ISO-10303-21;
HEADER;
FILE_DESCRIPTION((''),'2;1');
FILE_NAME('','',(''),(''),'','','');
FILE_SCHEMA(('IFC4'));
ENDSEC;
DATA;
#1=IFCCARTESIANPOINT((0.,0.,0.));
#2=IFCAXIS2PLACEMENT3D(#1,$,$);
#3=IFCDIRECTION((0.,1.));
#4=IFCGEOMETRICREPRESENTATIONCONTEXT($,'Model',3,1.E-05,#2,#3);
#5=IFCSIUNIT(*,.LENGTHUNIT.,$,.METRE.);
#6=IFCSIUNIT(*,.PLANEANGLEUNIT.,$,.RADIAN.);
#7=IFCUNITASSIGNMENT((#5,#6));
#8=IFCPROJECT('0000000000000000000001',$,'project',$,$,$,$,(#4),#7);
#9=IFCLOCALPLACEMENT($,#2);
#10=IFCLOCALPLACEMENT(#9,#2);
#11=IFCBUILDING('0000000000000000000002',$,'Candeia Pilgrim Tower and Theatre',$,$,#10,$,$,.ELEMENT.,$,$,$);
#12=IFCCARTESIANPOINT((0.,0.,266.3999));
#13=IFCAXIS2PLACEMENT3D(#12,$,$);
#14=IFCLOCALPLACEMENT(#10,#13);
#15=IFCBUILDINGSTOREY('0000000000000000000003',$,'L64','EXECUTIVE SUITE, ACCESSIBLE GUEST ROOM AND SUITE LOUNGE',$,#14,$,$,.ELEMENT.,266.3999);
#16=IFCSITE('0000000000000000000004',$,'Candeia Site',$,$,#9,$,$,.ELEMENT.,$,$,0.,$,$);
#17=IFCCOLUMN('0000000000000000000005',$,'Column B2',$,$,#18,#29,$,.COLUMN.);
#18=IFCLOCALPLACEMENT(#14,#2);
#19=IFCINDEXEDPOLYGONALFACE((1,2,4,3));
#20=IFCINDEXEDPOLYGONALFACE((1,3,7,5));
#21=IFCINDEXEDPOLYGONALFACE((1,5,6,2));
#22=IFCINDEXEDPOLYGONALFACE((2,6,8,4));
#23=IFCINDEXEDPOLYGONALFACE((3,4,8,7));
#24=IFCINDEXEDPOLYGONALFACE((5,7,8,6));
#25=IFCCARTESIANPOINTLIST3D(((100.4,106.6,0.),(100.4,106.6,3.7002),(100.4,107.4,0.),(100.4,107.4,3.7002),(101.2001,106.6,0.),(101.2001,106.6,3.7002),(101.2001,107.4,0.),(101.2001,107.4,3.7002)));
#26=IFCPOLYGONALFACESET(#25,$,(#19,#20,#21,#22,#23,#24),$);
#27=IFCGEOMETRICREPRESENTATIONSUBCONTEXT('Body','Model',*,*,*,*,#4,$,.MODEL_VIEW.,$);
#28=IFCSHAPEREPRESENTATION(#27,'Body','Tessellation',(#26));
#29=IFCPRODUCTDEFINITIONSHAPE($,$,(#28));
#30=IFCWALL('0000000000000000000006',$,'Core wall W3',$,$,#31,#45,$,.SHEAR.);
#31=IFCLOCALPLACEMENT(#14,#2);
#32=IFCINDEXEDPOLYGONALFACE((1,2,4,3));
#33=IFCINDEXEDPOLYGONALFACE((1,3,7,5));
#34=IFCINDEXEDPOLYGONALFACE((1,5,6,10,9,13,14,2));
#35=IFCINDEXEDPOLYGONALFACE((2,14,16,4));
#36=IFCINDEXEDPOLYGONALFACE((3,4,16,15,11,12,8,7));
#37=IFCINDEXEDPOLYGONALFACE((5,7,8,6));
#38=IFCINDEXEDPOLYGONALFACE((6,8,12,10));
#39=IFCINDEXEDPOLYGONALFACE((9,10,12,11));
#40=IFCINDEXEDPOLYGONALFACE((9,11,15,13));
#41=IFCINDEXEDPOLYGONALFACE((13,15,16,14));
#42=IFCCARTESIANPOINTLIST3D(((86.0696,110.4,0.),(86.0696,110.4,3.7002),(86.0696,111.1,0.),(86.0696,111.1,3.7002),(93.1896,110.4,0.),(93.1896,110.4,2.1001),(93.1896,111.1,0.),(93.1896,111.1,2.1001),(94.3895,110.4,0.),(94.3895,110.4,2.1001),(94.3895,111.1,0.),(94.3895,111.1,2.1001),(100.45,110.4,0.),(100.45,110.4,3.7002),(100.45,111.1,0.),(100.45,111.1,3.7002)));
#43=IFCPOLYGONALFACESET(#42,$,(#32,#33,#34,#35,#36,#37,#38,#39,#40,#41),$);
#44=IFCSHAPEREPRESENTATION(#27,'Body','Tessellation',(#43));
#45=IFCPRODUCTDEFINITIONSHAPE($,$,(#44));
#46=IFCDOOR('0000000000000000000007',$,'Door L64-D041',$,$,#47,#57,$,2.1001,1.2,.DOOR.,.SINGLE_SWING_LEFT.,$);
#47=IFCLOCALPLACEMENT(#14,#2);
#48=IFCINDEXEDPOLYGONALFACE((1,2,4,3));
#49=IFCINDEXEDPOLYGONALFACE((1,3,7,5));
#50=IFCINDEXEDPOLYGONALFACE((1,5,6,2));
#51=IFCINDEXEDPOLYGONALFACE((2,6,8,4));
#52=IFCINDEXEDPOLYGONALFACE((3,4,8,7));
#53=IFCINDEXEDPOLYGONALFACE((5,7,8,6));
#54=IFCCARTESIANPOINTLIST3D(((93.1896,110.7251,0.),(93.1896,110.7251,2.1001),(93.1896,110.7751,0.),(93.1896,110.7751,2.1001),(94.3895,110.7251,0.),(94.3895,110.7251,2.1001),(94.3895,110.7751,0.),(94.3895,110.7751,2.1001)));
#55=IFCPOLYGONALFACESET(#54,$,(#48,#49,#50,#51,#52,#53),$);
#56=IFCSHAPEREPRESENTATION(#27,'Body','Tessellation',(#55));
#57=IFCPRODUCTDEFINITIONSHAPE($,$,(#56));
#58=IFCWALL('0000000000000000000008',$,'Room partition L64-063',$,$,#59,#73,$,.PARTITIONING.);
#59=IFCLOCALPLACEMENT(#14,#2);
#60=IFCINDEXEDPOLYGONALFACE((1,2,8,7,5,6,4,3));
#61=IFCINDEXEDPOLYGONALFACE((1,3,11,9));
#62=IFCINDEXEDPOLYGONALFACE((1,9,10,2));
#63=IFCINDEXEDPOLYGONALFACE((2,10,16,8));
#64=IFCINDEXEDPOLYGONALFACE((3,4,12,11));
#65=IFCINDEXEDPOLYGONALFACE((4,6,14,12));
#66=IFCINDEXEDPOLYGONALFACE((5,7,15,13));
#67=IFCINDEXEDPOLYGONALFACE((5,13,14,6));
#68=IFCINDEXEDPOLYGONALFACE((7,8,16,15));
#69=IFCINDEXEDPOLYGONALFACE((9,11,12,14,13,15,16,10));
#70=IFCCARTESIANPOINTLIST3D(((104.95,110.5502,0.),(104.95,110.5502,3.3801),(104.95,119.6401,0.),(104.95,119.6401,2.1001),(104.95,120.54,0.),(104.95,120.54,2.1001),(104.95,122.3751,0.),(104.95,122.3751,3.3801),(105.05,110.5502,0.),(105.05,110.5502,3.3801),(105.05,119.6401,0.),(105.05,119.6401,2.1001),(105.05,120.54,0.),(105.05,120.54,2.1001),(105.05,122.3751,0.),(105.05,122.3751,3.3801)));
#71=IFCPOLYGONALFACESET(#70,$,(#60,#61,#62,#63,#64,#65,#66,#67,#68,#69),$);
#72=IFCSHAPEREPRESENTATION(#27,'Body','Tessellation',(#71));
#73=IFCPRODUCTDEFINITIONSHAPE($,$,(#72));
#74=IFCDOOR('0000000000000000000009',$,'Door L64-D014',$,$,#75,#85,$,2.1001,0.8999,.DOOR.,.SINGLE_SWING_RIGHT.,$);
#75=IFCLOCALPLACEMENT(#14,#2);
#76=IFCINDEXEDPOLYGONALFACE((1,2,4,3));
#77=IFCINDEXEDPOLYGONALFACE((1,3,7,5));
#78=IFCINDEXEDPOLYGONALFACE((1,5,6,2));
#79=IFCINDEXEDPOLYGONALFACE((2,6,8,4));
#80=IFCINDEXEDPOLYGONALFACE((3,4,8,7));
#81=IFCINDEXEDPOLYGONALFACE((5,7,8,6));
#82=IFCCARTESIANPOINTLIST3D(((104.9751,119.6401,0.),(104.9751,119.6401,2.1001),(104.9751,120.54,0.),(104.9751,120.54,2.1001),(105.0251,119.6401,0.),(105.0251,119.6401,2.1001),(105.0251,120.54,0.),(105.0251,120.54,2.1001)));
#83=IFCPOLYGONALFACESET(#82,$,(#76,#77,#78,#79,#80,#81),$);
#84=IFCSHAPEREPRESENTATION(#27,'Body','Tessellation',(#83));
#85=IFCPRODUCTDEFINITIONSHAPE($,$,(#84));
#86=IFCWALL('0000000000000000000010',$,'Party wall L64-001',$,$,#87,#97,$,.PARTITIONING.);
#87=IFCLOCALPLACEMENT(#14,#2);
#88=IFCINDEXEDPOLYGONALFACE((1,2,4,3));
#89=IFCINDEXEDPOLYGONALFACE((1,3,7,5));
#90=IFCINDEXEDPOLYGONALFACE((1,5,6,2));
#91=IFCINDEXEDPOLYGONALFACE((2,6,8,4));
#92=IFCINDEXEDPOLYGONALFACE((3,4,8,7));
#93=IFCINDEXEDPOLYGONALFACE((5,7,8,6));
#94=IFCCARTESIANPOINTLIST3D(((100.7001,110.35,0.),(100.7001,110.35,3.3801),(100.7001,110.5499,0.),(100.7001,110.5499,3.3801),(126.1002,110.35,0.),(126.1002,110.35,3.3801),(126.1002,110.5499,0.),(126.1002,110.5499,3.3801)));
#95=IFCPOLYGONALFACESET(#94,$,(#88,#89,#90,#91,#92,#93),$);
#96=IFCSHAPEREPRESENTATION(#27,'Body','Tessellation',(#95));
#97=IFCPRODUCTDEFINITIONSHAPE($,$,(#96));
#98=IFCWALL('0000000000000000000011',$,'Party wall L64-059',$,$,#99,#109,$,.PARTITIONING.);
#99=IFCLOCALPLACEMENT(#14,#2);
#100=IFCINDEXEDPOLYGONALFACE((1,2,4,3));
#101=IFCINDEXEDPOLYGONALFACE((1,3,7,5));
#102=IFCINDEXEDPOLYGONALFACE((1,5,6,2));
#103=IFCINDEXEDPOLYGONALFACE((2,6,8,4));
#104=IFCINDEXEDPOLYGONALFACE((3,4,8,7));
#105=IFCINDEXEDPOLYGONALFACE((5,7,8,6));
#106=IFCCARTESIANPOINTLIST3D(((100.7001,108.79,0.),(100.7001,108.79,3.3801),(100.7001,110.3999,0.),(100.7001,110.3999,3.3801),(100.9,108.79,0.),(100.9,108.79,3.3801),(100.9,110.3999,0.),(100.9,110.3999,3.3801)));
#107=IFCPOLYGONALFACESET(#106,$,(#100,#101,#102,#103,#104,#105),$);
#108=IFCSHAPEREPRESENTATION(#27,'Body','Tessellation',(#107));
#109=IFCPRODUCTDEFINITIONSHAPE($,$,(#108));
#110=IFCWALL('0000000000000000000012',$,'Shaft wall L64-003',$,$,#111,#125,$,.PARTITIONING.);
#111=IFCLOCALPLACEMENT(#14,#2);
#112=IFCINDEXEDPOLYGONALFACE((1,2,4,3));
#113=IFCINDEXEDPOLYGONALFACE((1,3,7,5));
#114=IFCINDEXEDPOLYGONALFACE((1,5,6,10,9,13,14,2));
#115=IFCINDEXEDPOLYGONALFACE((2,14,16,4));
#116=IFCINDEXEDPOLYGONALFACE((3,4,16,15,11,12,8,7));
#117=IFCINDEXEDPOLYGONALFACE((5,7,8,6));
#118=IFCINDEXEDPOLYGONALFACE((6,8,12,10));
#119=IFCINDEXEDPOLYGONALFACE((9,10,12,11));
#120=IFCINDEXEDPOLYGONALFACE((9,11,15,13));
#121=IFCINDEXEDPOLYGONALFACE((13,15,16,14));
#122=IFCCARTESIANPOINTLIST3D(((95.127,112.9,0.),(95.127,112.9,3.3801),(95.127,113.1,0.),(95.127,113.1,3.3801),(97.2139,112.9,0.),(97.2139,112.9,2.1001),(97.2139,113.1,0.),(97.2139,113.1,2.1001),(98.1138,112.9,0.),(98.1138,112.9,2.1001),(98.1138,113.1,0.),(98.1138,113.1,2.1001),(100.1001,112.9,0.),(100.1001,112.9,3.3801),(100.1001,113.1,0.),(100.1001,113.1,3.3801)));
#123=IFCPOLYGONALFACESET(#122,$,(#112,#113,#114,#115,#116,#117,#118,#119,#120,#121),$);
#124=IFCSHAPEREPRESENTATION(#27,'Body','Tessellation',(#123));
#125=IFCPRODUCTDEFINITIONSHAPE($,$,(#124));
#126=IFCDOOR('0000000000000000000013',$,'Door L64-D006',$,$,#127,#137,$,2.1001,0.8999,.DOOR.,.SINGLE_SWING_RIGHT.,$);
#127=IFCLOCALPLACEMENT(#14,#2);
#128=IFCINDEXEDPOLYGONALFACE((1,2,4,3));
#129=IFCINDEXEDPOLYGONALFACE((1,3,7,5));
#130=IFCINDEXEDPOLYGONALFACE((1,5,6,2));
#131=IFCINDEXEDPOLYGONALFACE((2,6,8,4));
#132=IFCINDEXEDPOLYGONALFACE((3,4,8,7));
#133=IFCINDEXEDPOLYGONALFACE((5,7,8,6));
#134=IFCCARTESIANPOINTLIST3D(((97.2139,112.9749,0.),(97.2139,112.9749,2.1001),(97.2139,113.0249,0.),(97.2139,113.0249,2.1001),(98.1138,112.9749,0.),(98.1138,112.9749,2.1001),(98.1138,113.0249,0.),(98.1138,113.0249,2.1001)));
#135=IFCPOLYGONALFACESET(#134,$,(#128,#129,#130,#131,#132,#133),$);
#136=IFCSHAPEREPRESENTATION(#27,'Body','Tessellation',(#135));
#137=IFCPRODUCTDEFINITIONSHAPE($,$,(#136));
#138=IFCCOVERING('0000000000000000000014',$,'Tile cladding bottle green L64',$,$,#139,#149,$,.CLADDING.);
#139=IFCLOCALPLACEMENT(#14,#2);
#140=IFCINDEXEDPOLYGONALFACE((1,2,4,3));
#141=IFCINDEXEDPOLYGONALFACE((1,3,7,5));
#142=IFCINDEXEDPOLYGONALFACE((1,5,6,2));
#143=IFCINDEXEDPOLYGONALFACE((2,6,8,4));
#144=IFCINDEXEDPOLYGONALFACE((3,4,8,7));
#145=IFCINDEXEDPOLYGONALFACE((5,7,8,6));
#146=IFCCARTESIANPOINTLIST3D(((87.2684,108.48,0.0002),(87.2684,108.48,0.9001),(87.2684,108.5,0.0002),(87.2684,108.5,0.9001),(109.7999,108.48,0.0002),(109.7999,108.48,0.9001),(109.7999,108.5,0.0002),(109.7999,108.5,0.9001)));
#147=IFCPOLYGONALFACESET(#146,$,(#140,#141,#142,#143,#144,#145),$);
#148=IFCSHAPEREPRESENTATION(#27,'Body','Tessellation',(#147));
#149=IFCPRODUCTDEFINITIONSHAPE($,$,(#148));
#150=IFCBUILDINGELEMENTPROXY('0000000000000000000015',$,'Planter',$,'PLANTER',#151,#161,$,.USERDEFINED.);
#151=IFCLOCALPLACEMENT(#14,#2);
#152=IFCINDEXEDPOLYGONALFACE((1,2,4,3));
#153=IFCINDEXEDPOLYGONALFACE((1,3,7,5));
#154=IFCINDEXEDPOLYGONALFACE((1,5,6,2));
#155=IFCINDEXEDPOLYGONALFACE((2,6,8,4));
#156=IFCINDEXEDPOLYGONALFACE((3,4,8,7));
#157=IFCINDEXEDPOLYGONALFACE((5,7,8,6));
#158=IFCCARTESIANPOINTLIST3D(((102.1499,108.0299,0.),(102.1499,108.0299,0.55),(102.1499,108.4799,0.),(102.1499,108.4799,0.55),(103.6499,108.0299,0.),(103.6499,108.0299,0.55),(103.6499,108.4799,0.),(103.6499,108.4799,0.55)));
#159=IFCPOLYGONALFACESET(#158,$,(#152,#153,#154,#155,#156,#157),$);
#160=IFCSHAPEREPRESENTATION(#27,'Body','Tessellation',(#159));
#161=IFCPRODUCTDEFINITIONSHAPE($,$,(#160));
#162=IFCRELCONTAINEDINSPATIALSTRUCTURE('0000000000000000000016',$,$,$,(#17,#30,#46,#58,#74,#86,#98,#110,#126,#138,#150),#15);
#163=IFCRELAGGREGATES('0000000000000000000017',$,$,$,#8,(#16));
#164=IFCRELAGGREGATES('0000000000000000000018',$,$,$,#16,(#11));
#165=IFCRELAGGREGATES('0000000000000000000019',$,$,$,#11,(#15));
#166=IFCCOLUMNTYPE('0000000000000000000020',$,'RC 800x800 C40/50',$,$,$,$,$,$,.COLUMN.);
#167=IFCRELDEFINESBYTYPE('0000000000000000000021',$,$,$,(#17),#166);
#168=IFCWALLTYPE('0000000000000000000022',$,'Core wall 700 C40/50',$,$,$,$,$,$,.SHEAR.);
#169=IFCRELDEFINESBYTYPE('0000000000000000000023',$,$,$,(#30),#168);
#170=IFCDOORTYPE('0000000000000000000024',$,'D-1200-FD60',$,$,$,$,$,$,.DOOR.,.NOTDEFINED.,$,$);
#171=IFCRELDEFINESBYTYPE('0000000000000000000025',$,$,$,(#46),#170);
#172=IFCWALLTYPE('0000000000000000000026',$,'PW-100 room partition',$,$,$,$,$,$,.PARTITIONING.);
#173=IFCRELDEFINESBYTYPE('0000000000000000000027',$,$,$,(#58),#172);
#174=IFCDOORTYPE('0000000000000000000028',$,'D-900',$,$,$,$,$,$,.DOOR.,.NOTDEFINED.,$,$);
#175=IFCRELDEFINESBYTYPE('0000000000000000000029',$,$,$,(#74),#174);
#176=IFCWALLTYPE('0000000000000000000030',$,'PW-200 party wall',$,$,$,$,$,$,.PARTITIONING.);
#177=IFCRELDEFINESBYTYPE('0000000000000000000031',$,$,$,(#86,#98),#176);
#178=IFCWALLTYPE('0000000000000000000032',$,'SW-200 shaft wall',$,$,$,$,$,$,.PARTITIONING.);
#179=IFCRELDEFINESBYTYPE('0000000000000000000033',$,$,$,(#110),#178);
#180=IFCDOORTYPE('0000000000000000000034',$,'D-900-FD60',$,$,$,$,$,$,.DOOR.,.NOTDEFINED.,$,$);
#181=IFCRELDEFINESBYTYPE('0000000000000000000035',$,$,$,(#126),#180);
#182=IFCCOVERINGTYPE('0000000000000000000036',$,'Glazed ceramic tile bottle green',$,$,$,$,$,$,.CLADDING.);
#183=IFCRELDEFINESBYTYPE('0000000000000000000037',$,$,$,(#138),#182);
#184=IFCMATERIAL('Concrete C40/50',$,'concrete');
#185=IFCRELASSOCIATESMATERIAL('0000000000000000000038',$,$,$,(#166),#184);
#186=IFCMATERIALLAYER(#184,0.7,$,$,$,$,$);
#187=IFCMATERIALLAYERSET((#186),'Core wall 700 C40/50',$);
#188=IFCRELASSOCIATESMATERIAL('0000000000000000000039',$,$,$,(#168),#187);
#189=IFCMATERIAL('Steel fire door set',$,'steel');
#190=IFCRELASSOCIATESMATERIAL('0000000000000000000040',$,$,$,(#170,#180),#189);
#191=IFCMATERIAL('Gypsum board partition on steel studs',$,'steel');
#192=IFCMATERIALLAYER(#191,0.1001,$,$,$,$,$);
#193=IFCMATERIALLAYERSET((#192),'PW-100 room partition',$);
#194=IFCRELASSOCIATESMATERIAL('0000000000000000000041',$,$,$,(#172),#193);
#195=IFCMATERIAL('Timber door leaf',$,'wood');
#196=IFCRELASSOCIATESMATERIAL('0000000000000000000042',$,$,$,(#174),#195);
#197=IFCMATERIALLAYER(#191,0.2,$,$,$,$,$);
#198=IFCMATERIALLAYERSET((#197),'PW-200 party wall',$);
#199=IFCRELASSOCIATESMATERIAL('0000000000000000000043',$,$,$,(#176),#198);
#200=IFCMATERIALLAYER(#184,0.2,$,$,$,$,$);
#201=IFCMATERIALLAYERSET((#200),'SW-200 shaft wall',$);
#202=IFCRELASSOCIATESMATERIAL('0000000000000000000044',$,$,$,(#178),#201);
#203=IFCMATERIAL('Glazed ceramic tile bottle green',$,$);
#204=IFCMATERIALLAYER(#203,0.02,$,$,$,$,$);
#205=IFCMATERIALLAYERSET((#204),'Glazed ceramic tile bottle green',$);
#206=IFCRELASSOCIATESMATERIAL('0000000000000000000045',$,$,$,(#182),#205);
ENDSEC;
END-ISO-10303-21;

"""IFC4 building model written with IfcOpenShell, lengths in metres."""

from ifc_helpers import new_model, si_unit, direction, frame, frame_2d, origin, origin_2d, place, context, subcontext, project, spatial, rectangle, extrude, material, layer, layer_set, material_profile, profile_set, type_object, element, fill, save


model = new_model("IFC4")

# Units and contexts
model_context = context("Model", 3, precision=1e-05, world=origin(), true_north=direction((0.0, 1.0)))
body_context = subcontext(model_context, "Body", "Model", "MODEL_VIEW")
ifc_project = project(units=[si_unit("LENGTHUNIT", "METRE"), si_unit("PLANEANGLEUNIT", "RADIAN")], contexts=[model_context])

# Site, building, storey
site_placement = place(None, origin())
site = spatial("IfcSite", under=ifc_project, at=site_placement, Name="Candeia Site", CompositionType="ELEMENT", RefElevation=0.0)
building_placement = place(site_placement, origin())
building = spatial("IfcBuilding", under=site, at=building_placement, Name="Candeia Pilgrim Tower and Theatre", CompositionType="ELEMENT")
storey_placement = place(building_placement, frame((0.0, 0.0, 266.3999)))
storey = spatial("IfcBuildingStorey", under=building, at=storey_placement, Name="L64", Description="EXECUTIVE SUITE, ACCESSIBLE GUEST ROOM AND SUITE LOUNGE", CompositionType="ELEMENT", Elevation=266.3999)

# Column
ifc_material_1 = material(Name="Concrete C40/50", Category="concrete")
ifc_material_profile = material_profile(ifc_material_1, rectangle(XDim=0.8, YDim=0.8, at=origin_2d()))
ifc_profile_set = profile_set([ifc_material_profile], Name="Concrete C40/50")
column_type = type_object("IfcColumnType", Name="RC 800x800 C40/50", PredefinedType="COLUMN", material=ifc_profile_set)
column_placement = place(storey_placement, frame((100.8, 107.0, 0.0), z_axis=(0.0, 0.0, 1.0), x_axis=(1.0, 0.0, 0.0)))
element("IfcColumn", 1, at=column_placement, inside=storey, type_object=column_type, Name="Column B2", PredefinedType="COLUMN", context=body_context, shape_type="SweptSolid", body=[
    extrude(rectangle(XDim=0.8, YDim=0.8, at=origin_2d()), origin(), (0.0, 0.0, 1.0), 3.7002),
])

# Walls, openings, doors
ifc_layer_1 = layer(ifc_material_1, 0.7)
ifc_layer_set_1 = layer_set([ifc_layer_1], Name="Core wall 700 C40/50")
wall_type_1 = type_object("IfcWallType", Name="Core wall 700 C40/50", PredefinedType="SHEAR", material=ifc_layer_set_1)
wall_1_placement = place(storey_placement, frame((100.45, 110.75, 0.0), z_axis=(0.0, 0.0, 1.0), x_axis=(-1.0, 0.0, 0.0)))
wall_1 = element("IfcWall", 2, at=wall_1_placement, inside=storey, type_object=wall_type_1, Name="Core wall W3", PredefinedType="SHEAR", context=body_context, shape_type="SweptSolid", body=[
    extrude(rectangle(XDim=14.3804, YDim=0.7, at=frame_2d((7.1902, 0.0))), origin(), (0.0, 0.0, 1.0), 3.7002),
])
opening_1_placement = place(wall_1_placement, frame((6.0603, 0.0, 0.0)))
opening_1 = element("IfcOpeningElement", 3, at=opening_1_placement, cuts=wall_1, PredefinedType="OPENING", context=body_context, shape_type="SweptSolid", body=[
    extrude(rectangle(XDim=1.2, YDim=2.1001, at=frame_2d((0.6001, 1.05))), frame((0.0, 0.3599, 0.0), z_axis=(0.0, -1.0, 0.0), x_axis=(1.0, 0.0, 0.0)), (0.0, 0.0, 1.0), 0.72),
])
ifc_material_2 = material(Name="Steel fire door set", Category="steel")
door_type_1 = type_object("IfcDoorType", Name="D-1200-FD60", OperationType="NOTDEFINED", PredefinedType="DOOR", material=ifc_material_2)
door_1_placement = place(opening_1_placement, origin())
door_1 = element("IfcDoor", 4, at=door_1_placement, inside=storey, type_object=door_type_1, Name="Door L64-D041", OperationType="SINGLE_SWING_LEFT", OverallHeight=2.1001, OverallWidth=1.2, PredefinedType="DOOR", context=body_context, shape_type="SweptSolid", body=[
    extrude(rectangle(XDim=1.2, YDim=2.1001, at=frame_2d((0.6001, 1.05))), frame((0.0, 0.0249, 0.0), z_axis=(0.0, -1.0, 0.0), x_axis=(1.0, 0.0, 0.0)), (0.0, 0.0, 1.0), 0.05),
])
fill(opening_1, door_1)
ifc_material_3 = material(Name="Gypsum board partition on steel studs", Category="steel")
ifc_layer_2 = layer(ifc_material_3, 0.1001)
ifc_layer_set_2 = layer_set([ifc_layer_2], Name="PW-100 room partition")
wall_type_2 = type_object("IfcWallType", Name="PW-100 room partition", PredefinedType="PARTITIONING", material=ifc_layer_set_2)
wall_2_placement = place(storey_placement, frame((105.0, 110.55, 0.0), z_axis=(0.0, 0.0, 1.0), x_axis=(0.0, 1.0, 0.0)))
wall_2 = element("IfcWall", 5, at=wall_2_placement, inside=storey, type_object=wall_type_2, Name="Room partition L64-063", PredefinedType="PARTITIONING", context=body_context, shape_type="SweptSolid", body=[
    extrude(rectangle(XDim=11.825, YDim=0.1001, at=frame_2d((5.9126, 0.0))), origin(), (0.0, 0.0, 1.0), 3.3801),
])
opening_2_placement = place(wall_2_placement, frame((9.0901, 0.0, 0.0)))
opening_2 = element("IfcOpeningElement", 6, at=opening_2_placement, cuts=wall_2, PredefinedType="OPENING", context=body_context, shape_type="SweptSolid", body=[
    extrude(rectangle(XDim=0.8999, YDim=2.1001, at=frame_2d((0.45, 1.05))), frame((0.0, 0.0601, 0.0), z_axis=(0.0, -1.0, 0.0), x_axis=(1.0, 0.0, 0.0)), (0.0, 0.0, 1.0), 0.1201),
])
ifc_material_4 = material(Name="Timber door leaf", Category="wood")
door_type_2 = type_object("IfcDoorType", Name="D-900", OperationType="NOTDEFINED", PredefinedType="DOOR", material=ifc_material_4)
door_2_placement = place(opening_2_placement, origin())
door_2 = element("IfcDoor", 7, at=door_2_placement, inside=storey, type_object=door_type_2, Name="Door L64-D014", OperationType="SINGLE_SWING_RIGHT", OverallHeight=2.1001, OverallWidth=0.8999, PredefinedType="DOOR", context=body_context, shape_type="SweptSolid", body=[
    extrude(rectangle(XDim=0.8999, YDim=2.1001, at=frame_2d((0.45, 1.05))), frame((0.0, 0.0249, 0.0), z_axis=(0.0, -1.0, 0.0), x_axis=(1.0, 0.0, 0.0)), (0.0, 0.0, 1.0), 0.05),
])
fill(opening_2, door_2)

# Walls
ifc_layer_3 = layer(ifc_material_3, 0.2)
ifc_layer_set_3 = layer_set([ifc_layer_3], Name="PW-200 party wall")
wall_type_3 = type_object("IfcWallType", Name="PW-200 party wall", PredefinedType="PARTITIONING", material=ifc_layer_set_3)
wall_3_placement = place(storey_placement, frame((100.7, 110.45, 0.0), z_axis=(0.0, 0.0, 1.0), x_axis=(1.0, 0.0, 0.0)))
element("IfcWall", 8, at=wall_3_placement, inside=storey, type_object=wall_type_3, Name="Party wall L64-001", PredefinedType="PARTITIONING", context=body_context, shape_type="SweptSolid", body=[
    extrude(rectangle(XDim=25.4001, YDim=0.2, at=frame_2d((12.7002, 0.0))), origin(), (0.0, 0.0, 1.0), 3.3801),
])
wall_4_placement = place(storey_placement, frame((100.8, 108.79, 0.0), z_axis=(0.0, 0.0, 1.0), x_axis=(0.0, 1.0, 0.0)))
element("IfcWall", 9, at=wall_4_placement, inside=storey, type_object=wall_type_3, Name="Party wall L64-059", PredefinedType="PARTITIONING", context=body_context, shape_type="SweptSolid", body=[
    extrude(rectangle(XDim=1.6099, YDim=0.2, at=frame_2d((0.8049, 0.0))), origin(), (0.0, 0.0, 1.0), 3.3801),
])

# Wall, opening, door
ifc_layer_4 = layer(ifc_material_1, 0.2)
ifc_layer_set_4 = layer_set([ifc_layer_4], Name="SW-200 shaft wall")
wall_type_4 = type_object("IfcWallType", Name="SW-200 shaft wall", PredefinedType="PARTITIONING", material=ifc_layer_set_4)
wall_5_placement = place(storey_placement, frame((95.127, 113.0, 0.0), z_axis=(0.0, 0.0, 1.0), x_axis=(1.0, 0.0, 0.0)))
wall_5 = element("IfcWall", 10, at=wall_5_placement, inside=storey, type_object=wall_type_4, Name="Shaft wall L64-003", PredefinedType="PARTITIONING", context=body_context, shape_type="SweptSolid", body=[
    extrude(rectangle(XDim=4.9731, YDim=0.2, at=frame_2d((2.4866, 0.0))), origin(), (0.0, 0.0, 1.0), 3.3801),
])
opening_3_placement = place(wall_5_placement, frame((2.0869, 0.0, 0.0)))
opening_3 = element("IfcOpeningElement", 11, at=opening_3_placement, cuts=wall_5, PredefinedType="OPENING", context=body_context, shape_type="SweptSolid", body=[
    extrude(rectangle(XDim=0.8999, YDim=2.1001, at=frame_2d((0.45, 1.05))), frame((0.0, 0.1099, 0.0), z_axis=(0.0, -1.0, 0.0), x_axis=(1.0, 0.0, 0.0)), (0.0, 0.0, 1.0), 0.22),
])
door_type_3 = type_object("IfcDoorType", Name="D-900-FD60", OperationType="NOTDEFINED", PredefinedType="DOOR", material=ifc_material_2)
door_3_placement = place(opening_3_placement, origin())
door_3 = element("IfcDoor", 12, at=door_3_placement, inside=storey, type_object=door_type_3, Name="Door L64-D006", OperationType="SINGLE_SWING_RIGHT", OverallHeight=2.1001, OverallWidth=0.8999, PredefinedType="DOOR", context=body_context, shape_type="SweptSolid", body=[
    extrude(rectangle(XDim=0.8999, YDim=2.1001, at=frame_2d((0.45, 1.05))), frame((0.0, 0.0249, 0.0), z_axis=(0.0, -1.0, 0.0), x_axis=(1.0, 0.0, 0.0)), (0.0, 0.0, 1.0), 0.05),
])
fill(opening_3, door_3)

# Covering
ifc_material_5 = material(Name="Glazed ceramic tile bottle green")
ifc_layer_5 = layer(ifc_material_5, 0.02)
ifc_layer_set_5 = layer_set([ifc_layer_5], Name="Glazed ceramic tile bottle green")
covering_type = type_object("IfcCoveringType", Name="Glazed ceramic tile bottle green", PredefinedType="CLADDING", material=ifc_layer_set_5)
covering_placement = place(storey_placement, frame((98.5342, 108.49, 0.0002), z_axis=(0.0, 0.0, 1.0), x_axis=(1.0, 0.0, 0.0)))
element("IfcCovering", 13, at=covering_placement, inside=storey, type_object=covering_type, Name="Tile cladding bottle green L64", PredefinedType="CLADDING", context=body_context, shape_type="SweptSolid", body=[
    extrude(rectangle(XDim=22.5315, YDim=0.02, at=origin_2d()), origin(), (0.0, 0.0, 1.0), 0.8999),
])

# Building element proxy
proxy_placement = place(storey_placement, frame((102.8999, 108.2549, 0.0), z_axis=(0.0, 0.0, 1.0), x_axis=(1.0, 0.0, 0.0)))
element("IfcBuildingElementProxy", 14, at=proxy_placement, inside=storey, Name="Planter", ObjectType="PLANTER", PredefinedType="USERDEFINED", context=body_context, shape_type="SweptSolid", body=[
    extrude(rectangle(XDim=1.5, YDim=0.45, at=origin_2d()), origin(), (0.0, 0.0, 1.0), 0.55),
])

save(model, "model.ifc")
